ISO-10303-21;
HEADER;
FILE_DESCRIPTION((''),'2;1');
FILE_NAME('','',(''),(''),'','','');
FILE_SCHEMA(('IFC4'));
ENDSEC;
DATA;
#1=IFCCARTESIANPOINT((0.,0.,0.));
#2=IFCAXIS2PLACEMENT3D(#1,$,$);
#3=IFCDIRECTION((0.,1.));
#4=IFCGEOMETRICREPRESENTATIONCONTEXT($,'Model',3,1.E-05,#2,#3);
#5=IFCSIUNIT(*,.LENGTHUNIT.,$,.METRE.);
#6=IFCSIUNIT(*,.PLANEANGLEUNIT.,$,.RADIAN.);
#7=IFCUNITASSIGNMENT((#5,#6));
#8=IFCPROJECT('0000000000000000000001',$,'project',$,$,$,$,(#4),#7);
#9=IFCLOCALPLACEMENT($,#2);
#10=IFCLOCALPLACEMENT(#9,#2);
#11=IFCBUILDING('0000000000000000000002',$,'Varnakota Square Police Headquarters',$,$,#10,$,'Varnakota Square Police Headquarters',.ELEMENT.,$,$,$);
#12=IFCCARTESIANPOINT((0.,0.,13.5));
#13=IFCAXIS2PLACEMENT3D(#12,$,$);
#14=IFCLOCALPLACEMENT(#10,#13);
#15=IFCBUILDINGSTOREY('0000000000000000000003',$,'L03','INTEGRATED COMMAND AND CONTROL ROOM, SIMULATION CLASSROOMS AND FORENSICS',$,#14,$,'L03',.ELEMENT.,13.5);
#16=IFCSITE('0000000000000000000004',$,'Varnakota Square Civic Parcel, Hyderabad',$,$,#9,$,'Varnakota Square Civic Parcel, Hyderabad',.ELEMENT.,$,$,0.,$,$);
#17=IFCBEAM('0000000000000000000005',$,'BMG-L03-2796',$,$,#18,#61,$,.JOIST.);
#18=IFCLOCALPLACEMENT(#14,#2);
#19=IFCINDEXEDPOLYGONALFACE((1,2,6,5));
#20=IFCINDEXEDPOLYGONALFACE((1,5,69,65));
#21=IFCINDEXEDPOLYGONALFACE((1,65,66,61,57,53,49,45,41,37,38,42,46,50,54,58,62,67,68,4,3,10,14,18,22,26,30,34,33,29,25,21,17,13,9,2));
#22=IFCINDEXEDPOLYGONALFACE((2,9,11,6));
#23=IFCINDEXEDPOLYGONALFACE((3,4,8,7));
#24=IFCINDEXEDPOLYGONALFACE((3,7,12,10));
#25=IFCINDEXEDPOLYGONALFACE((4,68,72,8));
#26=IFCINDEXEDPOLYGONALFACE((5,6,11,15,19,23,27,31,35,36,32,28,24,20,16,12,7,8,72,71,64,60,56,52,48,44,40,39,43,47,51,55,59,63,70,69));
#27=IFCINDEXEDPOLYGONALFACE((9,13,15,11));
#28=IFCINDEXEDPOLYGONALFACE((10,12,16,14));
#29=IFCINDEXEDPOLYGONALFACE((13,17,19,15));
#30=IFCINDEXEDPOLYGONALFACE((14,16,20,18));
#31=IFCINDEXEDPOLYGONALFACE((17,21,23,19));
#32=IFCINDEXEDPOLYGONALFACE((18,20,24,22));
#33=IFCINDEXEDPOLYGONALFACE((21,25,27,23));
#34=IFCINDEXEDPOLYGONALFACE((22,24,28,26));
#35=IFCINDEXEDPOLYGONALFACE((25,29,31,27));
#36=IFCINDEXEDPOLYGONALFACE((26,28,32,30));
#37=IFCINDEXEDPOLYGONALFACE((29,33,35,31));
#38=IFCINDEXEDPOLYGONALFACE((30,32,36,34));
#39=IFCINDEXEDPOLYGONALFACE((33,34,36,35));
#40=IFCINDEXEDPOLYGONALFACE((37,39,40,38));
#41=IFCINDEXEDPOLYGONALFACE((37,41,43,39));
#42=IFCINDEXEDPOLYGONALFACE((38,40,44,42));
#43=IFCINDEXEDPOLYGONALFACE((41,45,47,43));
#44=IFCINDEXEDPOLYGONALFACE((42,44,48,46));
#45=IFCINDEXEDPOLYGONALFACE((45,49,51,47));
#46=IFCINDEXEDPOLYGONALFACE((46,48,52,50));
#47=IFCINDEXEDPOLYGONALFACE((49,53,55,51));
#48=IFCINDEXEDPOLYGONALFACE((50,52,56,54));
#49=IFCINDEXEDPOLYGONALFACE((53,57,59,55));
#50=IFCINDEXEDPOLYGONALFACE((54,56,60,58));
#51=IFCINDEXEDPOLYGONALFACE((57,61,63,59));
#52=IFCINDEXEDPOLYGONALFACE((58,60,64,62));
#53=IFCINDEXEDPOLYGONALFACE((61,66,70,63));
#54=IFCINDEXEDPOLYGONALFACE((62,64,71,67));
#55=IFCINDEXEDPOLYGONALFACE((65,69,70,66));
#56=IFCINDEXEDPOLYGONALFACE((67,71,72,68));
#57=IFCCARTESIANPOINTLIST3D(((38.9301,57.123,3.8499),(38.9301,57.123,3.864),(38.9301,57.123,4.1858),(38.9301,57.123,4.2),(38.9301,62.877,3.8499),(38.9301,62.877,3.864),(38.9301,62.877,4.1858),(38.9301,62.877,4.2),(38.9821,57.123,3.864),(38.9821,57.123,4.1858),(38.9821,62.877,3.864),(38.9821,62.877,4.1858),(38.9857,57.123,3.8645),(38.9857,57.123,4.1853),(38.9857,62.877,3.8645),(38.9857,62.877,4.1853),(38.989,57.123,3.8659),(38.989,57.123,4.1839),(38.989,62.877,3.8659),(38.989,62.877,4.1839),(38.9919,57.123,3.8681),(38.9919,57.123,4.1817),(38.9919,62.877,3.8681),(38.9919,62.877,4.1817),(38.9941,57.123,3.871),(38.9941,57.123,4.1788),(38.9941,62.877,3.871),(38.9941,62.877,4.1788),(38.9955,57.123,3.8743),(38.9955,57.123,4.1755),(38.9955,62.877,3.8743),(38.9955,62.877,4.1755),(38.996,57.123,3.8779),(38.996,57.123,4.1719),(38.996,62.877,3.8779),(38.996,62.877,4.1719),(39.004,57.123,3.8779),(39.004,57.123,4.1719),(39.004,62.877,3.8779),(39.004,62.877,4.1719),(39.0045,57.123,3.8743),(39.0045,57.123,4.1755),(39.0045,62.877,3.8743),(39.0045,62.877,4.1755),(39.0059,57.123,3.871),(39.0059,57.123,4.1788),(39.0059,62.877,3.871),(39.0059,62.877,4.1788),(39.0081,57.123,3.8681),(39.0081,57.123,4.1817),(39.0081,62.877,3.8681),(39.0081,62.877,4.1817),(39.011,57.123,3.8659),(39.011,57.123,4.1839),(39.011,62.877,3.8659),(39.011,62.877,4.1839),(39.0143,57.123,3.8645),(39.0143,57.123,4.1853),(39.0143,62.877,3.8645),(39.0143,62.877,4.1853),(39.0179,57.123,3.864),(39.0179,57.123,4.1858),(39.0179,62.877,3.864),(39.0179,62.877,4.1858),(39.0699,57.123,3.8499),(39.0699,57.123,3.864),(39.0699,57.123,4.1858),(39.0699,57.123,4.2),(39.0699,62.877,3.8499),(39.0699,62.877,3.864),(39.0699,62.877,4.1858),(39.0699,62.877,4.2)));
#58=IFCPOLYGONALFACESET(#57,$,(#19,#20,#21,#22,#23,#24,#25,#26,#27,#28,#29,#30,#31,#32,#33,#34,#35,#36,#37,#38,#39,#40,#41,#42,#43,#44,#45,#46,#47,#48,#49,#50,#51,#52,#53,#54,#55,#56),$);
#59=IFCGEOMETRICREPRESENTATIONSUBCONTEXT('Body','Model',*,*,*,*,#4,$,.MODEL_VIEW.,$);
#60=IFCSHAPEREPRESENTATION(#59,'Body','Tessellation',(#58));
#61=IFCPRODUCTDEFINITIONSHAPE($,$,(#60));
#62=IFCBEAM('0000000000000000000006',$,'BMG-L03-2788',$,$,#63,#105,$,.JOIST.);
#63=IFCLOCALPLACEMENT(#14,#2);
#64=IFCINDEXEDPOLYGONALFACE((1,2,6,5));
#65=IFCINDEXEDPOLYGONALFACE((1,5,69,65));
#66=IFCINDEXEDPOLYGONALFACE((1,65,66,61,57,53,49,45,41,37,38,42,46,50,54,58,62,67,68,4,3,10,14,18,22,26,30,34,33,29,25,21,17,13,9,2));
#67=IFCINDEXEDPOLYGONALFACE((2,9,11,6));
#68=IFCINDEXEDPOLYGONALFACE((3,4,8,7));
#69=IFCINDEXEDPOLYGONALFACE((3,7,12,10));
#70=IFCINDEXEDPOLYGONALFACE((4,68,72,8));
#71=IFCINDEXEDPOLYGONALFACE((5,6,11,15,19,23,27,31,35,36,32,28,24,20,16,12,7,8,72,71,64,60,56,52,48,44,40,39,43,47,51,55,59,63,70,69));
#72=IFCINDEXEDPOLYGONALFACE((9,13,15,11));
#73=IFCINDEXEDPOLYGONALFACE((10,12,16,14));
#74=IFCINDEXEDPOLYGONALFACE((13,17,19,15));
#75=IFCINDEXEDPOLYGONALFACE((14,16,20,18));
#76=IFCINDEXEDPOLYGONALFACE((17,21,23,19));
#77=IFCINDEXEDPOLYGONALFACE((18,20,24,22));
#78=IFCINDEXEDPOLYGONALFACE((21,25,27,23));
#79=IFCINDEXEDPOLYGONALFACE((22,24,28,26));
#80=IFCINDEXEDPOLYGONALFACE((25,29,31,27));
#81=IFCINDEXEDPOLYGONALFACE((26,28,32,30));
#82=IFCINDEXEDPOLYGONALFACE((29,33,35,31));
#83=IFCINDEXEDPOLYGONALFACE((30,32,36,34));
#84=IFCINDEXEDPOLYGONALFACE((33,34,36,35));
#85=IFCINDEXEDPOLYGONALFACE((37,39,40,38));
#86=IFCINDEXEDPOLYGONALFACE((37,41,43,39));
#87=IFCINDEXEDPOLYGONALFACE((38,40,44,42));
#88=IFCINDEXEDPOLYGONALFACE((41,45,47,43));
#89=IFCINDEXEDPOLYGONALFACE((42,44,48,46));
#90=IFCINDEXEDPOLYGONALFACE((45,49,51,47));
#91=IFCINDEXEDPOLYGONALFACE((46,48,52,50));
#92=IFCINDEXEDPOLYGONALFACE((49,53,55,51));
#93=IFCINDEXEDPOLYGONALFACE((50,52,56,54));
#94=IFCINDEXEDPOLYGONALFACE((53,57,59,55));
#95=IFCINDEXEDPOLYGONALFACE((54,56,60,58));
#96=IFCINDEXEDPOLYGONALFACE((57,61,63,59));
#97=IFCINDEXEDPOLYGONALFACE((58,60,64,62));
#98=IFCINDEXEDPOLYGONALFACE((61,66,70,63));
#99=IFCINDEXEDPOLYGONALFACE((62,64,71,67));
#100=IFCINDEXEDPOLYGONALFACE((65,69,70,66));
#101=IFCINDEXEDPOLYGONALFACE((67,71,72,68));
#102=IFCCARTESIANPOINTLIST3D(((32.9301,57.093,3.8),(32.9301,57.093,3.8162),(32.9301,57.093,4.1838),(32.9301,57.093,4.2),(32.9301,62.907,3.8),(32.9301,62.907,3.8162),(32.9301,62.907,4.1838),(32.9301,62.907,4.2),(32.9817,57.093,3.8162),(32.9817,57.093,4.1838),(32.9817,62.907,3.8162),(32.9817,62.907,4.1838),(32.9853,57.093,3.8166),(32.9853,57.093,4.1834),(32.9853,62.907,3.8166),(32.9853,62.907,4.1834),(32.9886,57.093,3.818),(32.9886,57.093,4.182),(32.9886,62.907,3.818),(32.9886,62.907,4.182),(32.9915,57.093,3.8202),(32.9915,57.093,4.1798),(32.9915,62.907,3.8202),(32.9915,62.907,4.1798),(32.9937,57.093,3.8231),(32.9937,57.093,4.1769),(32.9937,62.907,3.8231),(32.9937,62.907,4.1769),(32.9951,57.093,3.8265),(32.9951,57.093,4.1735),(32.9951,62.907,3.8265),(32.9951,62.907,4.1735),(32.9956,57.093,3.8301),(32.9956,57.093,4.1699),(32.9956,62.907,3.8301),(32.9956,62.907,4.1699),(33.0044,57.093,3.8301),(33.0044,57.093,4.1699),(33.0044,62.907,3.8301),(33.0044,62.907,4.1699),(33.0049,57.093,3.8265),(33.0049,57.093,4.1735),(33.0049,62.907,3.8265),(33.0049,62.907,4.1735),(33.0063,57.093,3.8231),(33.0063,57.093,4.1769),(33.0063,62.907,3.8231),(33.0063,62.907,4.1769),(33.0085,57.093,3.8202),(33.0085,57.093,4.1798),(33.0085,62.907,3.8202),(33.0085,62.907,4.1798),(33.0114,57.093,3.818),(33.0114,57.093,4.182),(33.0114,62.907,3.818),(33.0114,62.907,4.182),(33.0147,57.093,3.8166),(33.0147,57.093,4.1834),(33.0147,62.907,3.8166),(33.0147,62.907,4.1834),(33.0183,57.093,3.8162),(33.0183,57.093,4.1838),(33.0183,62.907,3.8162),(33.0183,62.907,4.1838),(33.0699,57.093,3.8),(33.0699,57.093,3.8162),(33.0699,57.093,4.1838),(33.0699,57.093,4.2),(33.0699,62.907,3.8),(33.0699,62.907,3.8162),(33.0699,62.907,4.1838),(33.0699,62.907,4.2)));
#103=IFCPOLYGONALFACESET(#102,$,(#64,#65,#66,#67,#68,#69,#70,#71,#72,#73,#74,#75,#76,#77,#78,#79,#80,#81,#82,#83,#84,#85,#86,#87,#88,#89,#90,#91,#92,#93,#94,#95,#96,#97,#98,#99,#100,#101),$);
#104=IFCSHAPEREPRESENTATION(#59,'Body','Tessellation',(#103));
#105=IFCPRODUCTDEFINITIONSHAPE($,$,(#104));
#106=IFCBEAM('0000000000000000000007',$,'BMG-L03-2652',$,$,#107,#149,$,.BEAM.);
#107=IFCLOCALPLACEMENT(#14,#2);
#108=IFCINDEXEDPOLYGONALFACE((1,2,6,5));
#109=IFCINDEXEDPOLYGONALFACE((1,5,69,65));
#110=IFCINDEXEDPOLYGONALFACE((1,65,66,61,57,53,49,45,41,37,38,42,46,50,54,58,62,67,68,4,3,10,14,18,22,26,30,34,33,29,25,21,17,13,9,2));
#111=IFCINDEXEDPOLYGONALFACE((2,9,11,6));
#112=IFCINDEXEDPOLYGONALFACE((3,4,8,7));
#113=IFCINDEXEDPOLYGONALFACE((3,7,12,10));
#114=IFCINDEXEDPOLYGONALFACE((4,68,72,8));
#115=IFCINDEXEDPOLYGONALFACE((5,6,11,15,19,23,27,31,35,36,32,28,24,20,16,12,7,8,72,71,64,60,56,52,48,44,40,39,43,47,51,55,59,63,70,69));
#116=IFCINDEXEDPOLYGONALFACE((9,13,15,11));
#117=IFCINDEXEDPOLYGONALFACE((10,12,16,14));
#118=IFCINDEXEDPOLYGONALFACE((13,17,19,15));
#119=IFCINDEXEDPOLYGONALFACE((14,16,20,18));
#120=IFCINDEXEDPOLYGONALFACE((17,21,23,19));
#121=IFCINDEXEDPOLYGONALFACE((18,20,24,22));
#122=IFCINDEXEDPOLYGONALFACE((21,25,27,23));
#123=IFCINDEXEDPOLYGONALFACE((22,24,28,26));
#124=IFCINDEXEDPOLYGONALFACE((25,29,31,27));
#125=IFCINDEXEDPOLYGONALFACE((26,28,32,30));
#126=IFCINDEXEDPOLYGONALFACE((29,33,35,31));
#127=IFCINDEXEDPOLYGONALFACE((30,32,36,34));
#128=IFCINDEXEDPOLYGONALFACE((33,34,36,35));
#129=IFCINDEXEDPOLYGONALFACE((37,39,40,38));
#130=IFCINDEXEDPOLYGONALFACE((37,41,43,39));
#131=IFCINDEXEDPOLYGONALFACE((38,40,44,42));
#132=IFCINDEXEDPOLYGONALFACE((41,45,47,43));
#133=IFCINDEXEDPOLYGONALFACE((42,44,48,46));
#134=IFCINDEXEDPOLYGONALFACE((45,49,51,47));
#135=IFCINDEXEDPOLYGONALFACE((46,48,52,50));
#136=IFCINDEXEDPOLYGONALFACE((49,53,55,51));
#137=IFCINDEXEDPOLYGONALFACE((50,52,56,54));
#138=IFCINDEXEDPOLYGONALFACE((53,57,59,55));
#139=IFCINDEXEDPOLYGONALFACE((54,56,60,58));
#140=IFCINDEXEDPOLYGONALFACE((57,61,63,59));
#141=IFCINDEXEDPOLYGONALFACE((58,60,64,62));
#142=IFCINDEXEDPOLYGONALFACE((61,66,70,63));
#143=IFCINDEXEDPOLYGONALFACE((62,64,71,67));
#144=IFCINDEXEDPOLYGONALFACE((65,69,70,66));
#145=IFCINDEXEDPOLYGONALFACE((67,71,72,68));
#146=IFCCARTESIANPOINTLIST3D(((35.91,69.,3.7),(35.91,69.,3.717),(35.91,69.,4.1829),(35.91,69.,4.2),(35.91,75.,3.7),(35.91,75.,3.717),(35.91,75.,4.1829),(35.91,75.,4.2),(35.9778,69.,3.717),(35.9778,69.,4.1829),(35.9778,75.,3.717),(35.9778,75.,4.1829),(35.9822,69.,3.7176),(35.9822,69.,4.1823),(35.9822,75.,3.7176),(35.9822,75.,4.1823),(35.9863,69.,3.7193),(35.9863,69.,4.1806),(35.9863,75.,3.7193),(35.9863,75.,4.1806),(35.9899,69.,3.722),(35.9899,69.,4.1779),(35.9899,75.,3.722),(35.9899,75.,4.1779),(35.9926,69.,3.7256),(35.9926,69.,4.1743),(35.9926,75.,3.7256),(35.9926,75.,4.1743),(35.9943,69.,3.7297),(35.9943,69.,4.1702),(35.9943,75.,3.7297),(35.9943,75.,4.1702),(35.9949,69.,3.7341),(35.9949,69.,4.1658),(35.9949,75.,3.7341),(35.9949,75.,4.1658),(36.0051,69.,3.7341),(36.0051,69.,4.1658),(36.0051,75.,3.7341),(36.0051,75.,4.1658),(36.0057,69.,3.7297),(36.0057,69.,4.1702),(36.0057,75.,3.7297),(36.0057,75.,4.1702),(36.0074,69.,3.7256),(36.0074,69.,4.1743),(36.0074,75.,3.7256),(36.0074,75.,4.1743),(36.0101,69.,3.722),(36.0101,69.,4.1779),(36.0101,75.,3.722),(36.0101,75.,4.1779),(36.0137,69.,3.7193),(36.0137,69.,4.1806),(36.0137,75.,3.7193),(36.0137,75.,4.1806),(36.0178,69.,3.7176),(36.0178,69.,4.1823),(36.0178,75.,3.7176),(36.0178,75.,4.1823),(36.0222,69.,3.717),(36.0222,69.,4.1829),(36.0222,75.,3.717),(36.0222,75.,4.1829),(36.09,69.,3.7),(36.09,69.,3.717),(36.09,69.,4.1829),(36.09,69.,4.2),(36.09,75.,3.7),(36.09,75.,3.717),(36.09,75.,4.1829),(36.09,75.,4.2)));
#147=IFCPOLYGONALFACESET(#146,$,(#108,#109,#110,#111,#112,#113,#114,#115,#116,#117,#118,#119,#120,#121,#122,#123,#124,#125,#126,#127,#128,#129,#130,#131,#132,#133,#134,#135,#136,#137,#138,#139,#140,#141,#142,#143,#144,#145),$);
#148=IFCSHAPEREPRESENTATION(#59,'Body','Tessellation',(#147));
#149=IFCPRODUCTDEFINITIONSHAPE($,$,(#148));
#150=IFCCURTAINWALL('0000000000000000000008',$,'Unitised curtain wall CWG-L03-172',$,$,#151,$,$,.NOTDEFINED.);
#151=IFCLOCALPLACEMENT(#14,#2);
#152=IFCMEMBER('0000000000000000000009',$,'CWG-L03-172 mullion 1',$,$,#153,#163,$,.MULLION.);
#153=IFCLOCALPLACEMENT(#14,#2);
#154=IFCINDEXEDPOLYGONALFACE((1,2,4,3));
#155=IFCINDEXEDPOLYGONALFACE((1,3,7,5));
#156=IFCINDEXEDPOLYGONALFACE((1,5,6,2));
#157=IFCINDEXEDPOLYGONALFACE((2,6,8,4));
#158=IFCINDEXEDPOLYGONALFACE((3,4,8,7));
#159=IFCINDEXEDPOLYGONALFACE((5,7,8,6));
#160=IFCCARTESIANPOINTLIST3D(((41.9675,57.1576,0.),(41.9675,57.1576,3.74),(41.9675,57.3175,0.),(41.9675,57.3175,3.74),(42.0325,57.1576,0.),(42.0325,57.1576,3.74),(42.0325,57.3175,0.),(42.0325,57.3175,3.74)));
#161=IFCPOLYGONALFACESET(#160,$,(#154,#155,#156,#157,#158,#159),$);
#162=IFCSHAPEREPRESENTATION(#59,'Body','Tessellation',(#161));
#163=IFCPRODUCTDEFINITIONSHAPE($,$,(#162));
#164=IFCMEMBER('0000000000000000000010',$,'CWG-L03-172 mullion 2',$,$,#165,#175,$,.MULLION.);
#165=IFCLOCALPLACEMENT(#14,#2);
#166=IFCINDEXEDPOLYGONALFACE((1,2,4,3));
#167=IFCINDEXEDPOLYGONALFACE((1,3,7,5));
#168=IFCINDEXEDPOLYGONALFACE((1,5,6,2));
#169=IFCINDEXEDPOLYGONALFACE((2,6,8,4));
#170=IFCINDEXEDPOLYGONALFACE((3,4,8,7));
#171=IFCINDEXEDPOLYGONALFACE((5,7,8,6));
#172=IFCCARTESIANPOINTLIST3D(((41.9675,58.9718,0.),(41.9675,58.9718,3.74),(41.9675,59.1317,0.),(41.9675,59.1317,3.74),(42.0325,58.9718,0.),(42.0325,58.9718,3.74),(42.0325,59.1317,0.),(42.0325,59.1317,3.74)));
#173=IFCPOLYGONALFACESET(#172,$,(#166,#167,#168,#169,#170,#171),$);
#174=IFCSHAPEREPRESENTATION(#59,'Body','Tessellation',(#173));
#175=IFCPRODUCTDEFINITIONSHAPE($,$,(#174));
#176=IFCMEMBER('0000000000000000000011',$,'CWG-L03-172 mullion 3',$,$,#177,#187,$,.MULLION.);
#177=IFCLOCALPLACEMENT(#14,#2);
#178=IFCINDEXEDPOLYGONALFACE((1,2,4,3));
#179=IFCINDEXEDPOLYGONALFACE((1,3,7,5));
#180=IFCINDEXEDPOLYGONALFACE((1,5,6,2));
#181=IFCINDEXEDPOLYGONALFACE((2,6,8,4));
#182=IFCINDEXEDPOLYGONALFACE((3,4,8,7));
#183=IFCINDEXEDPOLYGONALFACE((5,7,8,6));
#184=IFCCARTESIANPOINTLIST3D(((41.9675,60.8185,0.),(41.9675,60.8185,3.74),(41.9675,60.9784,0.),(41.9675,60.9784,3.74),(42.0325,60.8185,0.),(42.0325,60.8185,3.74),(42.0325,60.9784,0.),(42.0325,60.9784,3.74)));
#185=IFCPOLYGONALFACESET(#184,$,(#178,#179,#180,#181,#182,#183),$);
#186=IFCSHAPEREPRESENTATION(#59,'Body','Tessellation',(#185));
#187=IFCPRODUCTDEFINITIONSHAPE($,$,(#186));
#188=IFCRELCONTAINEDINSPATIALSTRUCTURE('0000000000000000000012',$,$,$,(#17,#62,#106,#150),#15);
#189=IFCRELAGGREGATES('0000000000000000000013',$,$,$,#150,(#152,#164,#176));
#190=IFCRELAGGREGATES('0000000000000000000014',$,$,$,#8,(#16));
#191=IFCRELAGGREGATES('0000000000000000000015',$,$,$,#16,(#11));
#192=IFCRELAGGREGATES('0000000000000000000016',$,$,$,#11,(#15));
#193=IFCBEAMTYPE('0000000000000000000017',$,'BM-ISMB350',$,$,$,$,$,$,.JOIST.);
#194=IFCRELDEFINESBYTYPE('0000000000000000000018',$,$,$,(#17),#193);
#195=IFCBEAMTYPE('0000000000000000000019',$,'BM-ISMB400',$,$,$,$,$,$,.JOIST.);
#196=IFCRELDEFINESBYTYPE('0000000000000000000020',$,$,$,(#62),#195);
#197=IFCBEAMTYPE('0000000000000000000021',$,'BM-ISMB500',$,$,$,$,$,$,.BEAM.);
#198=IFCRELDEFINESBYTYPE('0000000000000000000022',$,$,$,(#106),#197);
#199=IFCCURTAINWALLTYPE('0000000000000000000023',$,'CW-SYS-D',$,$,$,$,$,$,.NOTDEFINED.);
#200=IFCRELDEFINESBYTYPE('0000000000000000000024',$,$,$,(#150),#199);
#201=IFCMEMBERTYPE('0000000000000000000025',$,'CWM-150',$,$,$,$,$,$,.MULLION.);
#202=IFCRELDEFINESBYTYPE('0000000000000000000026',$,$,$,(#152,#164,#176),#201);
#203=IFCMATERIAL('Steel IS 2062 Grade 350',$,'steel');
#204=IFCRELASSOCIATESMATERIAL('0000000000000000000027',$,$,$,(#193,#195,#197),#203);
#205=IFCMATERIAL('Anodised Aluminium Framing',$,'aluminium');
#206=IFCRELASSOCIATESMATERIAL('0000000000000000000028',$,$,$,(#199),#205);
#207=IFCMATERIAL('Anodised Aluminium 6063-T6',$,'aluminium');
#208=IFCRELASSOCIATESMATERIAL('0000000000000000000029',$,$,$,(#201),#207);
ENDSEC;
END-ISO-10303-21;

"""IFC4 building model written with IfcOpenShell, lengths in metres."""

from ifc_helpers import new_model, si_unit, direction, frame, origin, origin_2d, place, context, subcontext, project, spatial, rectangle, i_section, extrude, material, material_profile, profile_set, type_object, element, aggregate, save


model = new_model("IFC4")

# Units and contexts
model_context = context("Model", 3, precision=1e-05, world=origin(), true_north=direction((0.0, 1.0)))
body_context = subcontext(model_context, "Body", "Model", "MODEL_VIEW")
ifc_project = project(units=[si_unit("LENGTHUNIT", "METRE"), si_unit("PLANEANGLEUNIT", "RADIAN")], contexts=[model_context])

# Site, building, storey
site_placement = place(None, origin())
site = spatial("IfcSite", under=ifc_project, at=site_placement, Name="Varnakota Square Civic Parcel, Hyderabad", LongName="Varnakota Square Civic Parcel, Hyderabad", CompositionType="ELEMENT", RefElevation=0.0)
building_placement = place(site_placement, origin())
building = spatial("IfcBuilding", under=site, at=building_placement, Name="Varnakota Square Police Headquarters", LongName="Varnakota Square Police Headquarters", CompositionType="ELEMENT")
storey_placement = place(building_placement, frame((0.0, 0.0, 13.5)))
storey = spatial("IfcBuildingStorey", under=building, at=storey_placement, Name="L03", Description="INTEGRATED COMMAND AND CONTROL ROOM, SIMULATION CLASSROOMS AND FORENSICS", LongName="L03", CompositionType="ELEMENT", Elevation=13.5)

# Shared definitions
ifc_material_1 = material(Name="Steel IS 2062 Grade 350", Category="steel")

# Beams
ifc_material_profile_1 = material_profile(ifc_material_1, i_section(OverallWidth=0.1399, OverallDepth=0.3501, WebThickness=0.0081, FlangeThickness=0.0142, FilletRadius=0.0139, at=origin_2d()), Name="ISMB 350")
ifc_profile_set_1 = profile_set([ifc_material_profile_1], Name="Steel IS 2062 Grade 350")
beam_type_1 = type_object("IfcBeamType", Name="BM-ISMB350", PredefinedType="JOIST", material=ifc_profile_set_1)
beam_1_placement = place(storey_placement, frame((39.0, 57.123, 4.0249), z_axis=(0.0, 1.0, 0.0), x_axis=(-1.0, 0.0, 0.0)))
element("IfcBeam", 1, at=beam_1_placement, inside=storey, type_object=beam_type_1, Name="BMG-L03-2796", PredefinedType="JOIST", context=body_context, shape_type="SweptSolid", body=[
    extrude(i_section(OverallWidth=0.1399, OverallDepth=0.3501, WebThickness=0.0081, FlangeThickness=0.0142, FilletRadius=0.0139, at=origin_2d()), origin(), (0.0, 0.0, 1.0), 5.7539),
])
ifc_material_profile_2 = material_profile(ifc_material_1, i_section(OverallWidth=0.1399, OverallDepth=0.3999, WebThickness=0.0088, FlangeThickness=0.0161, FilletRadius=0.0139, at=origin_2d()), Name="ISMB 400")
ifc_profile_set_2 = profile_set([ifc_material_profile_2], Name="Steel IS 2062 Grade 350")
beam_type_2 = type_object("IfcBeamType", Name="BM-ISMB400", PredefinedType="JOIST", material=ifc_profile_set_2)
beam_2_placement = place(storey_placement, frame((33.0, 57.093, 4.0), z_axis=(0.0, 1.0, 0.0), x_axis=(-1.0, 0.0, 0.0)))
element("IfcBeam", 2, at=beam_2_placement, inside=storey, type_object=beam_type_2, Name="BMG-L03-2788", PredefinedType="JOIST", context=body_context, shape_type="SweptSolid", body=[
    extrude(i_section(OverallWidth=0.1399, OverallDepth=0.3999, WebThickness=0.0088, FlangeThickness=0.0161, FilletRadius=0.0139, at=origin_2d()), origin(), (0.0, 0.0, 1.0), 5.814),
])
ifc_material_profile_3 = material_profile(ifc_material_1, i_section(OverallWidth=0.1799, OverallDepth=0.5, WebThickness=0.0103, FlangeThickness=0.0171, FilletRadius=0.0171, at=origin_2d()), Name="ISMB 500")
ifc_profile_set_3 = profile_set([ifc_material_profile_3], Name="Steel IS 2062 Grade 350")
beam_type_3 = type_object("IfcBeamType", Name="BM-ISMB500", PredefinedType="BEAM", material=ifc_profile_set_3)
beam_3_placement = place(storey_placement, frame((36.0, 69.0, 3.95), z_axis=(0.0, 1.0, 0.0), x_axis=(-1.0, 0.0, 0.0)))
element("IfcBeam", 3, at=beam_3_placement, inside=storey, type_object=beam_type_3, Name="BMG-L03-2652", PredefinedType="BEAM", context=body_context, shape_type="SweptSolid", body=[
    extrude(i_section(OverallWidth=0.1799, OverallDepth=0.5, WebThickness=0.0103, FlangeThickness=0.0171, FilletRadius=0.0171, at=origin_2d()), origin(), (0.0, 0.0, 1.0), 6.0),
])

# Curtain wall, members
ifc_material_2 = material(Name="Anodised Aluminium Framing", Category="aluminium")
curtain_wall_type = type_object("IfcCurtainWallType", Name="CW-SYS-D", PredefinedType="NOTDEFINED", material=ifc_material_2)
curtain_wall_placement = place(storey_placement, origin())
curtain_wall = element("IfcCurtainWall", 4, at=curtain_wall_placement, inside=storey, type_object=curtain_wall_type, Name="Unitised curtain wall CWG-L03-172", PredefinedType="NOTDEFINED")
ifc_material_3 = material(Name="Anodised Aluminium 6063-T6", Category="aluminium")
ifc_material_profile_4 = material_profile(ifc_material_3, rectangle(XDim=0.0649, YDim=0.1599, at=origin_2d()), Name="ALU MULLION 65x160")
ifc_profile_set_4 = profile_set([ifc_material_profile_4], Name="Anodised Aluminium 6063-T6")
member_type_1 = type_object("IfcMemberType", Name="CWM-150", PredefinedType="MULLION", material=ifc_profile_set_4)
member_1_placement = place(storey_placement, frame((42.0, 57.2375, 0.0), z_axis=(0.0, 0.0, 1.0), x_axis=(-1.0, 0.0, 0.0)))
member_1 = element("IfcMember", 5, at=member_1_placement, type_object=member_type_1, Name="CWG-L03-172 mullion 1", PredefinedType="MULLION", context=body_context, shape_type="SweptSolid", body=[
    extrude(rectangle(XDim=0.0649, YDim=0.1599, at=origin_2d()), origin(), (0.0, 0.0, 1.0), 3.74),
])
member_2_placement = place(storey_placement, frame((42.0, 59.0518, 0.0), z_axis=(0.0, 0.0, 1.0), x_axis=(-1.0, 0.0, 0.0)))
member_2 = element("IfcMember", 6, at=member_2_placement, type_object=member_type_1, Name="CWG-L03-172 mullion 2", PredefinedType="MULLION", context=body_context, shape_type="SweptSolid", body=[
    extrude(rectangle(XDim=0.0649, YDim=0.1599, at=origin_2d()), origin(), (0.0, 0.0, 1.0), 3.74),
])
member_3_placement = place(storey_placement, frame((42.0, 60.8984, 0.0), z_axis=(0.0, 0.0, 1.0), x_axis=(-1.0, 0.0, 0.0)))
member_3 = element("IfcMember", 7, at=member_3_placement, type_object=member_type_1, Name="CWG-L03-172 mullion 3", PredefinedType="MULLION", context=body_context, shape_type="SweptSolid", body=[
    extrude(rectangle(XDim=0.0649, YDim=0.1599, at=origin_2d()), origin(), (0.0, 0.0, 1.0), 3.74),
])
aggregate(curtain_wall, [member_1, member_2, member_3])

save(model, "model.ifc")
